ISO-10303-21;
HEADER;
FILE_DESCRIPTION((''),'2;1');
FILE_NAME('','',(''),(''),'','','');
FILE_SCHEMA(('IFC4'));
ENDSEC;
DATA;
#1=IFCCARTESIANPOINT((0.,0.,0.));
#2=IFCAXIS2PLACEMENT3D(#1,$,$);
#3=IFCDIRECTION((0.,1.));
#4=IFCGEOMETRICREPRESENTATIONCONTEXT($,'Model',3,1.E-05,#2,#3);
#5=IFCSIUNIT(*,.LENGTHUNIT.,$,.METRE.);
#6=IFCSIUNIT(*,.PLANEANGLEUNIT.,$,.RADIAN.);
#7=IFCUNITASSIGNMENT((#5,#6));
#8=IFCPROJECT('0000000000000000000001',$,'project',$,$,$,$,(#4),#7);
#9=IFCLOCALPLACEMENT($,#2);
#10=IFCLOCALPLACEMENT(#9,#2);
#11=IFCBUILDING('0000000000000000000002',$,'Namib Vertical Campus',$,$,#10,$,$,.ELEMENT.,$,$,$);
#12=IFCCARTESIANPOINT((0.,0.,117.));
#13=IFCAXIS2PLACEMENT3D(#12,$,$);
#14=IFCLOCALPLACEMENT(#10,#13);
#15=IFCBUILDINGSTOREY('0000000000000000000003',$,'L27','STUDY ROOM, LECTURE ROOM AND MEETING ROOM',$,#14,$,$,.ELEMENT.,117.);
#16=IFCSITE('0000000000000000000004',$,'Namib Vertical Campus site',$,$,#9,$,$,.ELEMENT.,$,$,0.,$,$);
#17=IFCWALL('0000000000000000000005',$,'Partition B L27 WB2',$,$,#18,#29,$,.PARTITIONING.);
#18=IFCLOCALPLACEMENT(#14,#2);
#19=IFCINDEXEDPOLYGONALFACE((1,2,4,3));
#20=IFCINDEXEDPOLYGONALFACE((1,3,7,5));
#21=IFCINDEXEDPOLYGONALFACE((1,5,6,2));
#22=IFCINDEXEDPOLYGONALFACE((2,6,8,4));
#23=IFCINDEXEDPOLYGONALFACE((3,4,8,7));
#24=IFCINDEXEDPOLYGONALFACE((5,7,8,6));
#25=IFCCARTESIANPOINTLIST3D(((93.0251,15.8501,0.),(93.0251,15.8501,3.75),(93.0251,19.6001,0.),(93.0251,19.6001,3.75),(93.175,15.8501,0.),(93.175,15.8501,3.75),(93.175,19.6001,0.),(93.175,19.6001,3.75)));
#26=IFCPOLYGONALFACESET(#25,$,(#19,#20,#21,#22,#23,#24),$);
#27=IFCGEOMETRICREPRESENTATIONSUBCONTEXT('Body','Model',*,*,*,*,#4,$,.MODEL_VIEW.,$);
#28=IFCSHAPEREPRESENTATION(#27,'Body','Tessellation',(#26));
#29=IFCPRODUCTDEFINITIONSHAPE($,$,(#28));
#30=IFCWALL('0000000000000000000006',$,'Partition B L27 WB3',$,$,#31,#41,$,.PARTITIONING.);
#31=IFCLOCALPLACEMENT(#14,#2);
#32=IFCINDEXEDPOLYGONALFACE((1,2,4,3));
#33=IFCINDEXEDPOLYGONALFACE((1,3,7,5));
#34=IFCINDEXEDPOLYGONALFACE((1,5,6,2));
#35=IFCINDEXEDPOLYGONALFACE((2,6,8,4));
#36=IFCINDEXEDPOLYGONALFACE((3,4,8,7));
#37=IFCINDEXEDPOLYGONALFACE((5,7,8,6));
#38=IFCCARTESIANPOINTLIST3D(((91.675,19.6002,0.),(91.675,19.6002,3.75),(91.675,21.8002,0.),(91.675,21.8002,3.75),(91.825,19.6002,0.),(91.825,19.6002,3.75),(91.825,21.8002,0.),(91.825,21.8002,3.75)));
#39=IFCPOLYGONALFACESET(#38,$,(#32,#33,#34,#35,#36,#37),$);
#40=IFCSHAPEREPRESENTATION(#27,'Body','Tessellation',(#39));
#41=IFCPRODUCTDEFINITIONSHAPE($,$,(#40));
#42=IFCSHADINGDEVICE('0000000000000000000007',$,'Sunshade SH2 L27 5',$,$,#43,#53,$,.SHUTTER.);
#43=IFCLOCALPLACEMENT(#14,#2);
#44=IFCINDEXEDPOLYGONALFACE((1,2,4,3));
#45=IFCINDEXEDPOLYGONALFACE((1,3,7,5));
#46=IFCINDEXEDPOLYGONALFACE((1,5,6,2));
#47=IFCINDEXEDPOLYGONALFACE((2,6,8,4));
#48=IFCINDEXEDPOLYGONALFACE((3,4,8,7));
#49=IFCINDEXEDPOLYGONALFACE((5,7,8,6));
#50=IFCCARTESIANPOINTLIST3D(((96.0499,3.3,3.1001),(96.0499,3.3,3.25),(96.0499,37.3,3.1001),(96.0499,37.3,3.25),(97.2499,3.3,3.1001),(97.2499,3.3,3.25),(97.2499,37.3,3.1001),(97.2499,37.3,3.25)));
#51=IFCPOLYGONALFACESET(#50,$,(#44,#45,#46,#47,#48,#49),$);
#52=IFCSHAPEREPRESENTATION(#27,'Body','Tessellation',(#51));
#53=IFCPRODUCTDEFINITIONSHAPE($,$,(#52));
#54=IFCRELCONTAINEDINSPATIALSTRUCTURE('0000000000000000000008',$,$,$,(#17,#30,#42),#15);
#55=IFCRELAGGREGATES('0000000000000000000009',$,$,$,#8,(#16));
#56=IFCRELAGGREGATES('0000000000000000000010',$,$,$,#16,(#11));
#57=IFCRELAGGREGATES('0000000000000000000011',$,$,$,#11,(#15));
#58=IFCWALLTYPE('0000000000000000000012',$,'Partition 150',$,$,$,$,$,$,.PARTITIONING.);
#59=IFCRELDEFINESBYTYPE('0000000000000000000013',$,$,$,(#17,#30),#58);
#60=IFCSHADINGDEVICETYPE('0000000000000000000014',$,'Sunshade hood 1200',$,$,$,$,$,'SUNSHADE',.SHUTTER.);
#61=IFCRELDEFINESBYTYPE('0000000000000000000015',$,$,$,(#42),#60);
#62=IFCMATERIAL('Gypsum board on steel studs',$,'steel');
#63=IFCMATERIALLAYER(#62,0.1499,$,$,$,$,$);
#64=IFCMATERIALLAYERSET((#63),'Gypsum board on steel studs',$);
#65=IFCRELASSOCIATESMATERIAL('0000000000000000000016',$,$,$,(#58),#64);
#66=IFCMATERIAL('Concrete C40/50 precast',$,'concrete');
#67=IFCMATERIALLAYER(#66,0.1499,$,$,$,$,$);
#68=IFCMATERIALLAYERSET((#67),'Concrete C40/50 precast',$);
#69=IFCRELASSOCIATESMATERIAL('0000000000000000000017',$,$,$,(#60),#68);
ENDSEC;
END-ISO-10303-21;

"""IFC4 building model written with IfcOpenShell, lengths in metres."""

from ifc_helpers import new_model, si_unit, direction, frame, frame_2d, origin, origin_2d, place, context, subcontext, project, spatial, rectangle, extrude, material, layer, layer_set, type_object, element, save


model = new_model("IFC4")

# Units and contexts
model_context = context("Model", 3, precision=1e-05, world=origin(), true_north=direction((0.0, 1.0)))
body_context = subcontext(model_context, "Body", "Model", "MODEL_VIEW")
ifc_project = project(units=[si_unit("LENGTHUNIT", "METRE"), si_unit("PLANEANGLEUNIT", "RADIAN")], contexts=[model_context])

# Site, building, storey
site_placement = place(None, origin())
site = spatial("IfcSite", under=ifc_project, at=site_placement, Name="Namib Vertical Campus site", CompositionType="ELEMENT", RefElevation=0.0)
building_placement = place(site_placement, origin())
building = spatial("IfcBuilding", under=site, at=building_placement, Name="Namib Vertical Campus", CompositionType="ELEMENT")
storey_placement = place(building_placement, frame((0.0, 0.0, 117.0)))
storey = spatial("IfcBuildingStorey", under=building, at=storey_placement, Name="L27", Description="STUDY ROOM, LECTURE ROOM AND MEETING ROOM", CompositionType="ELEMENT", Elevation=117.0)

# Walls
ifc_material_1 = material(Name="Gypsum board on steel studs", Category="steel")
ifc_layer_1 = layer(ifc_material_1, 0.1499)
ifc_layer_set_1 = layer_set([ifc_layer_1], Name="Gypsum board on steel studs")
wall_type_1 = type_object("IfcWallType", Name="Partition 150", PredefinedType="PARTITIONING", material=ifc_layer_set_1)
wall_1_placement = place(storey_placement, frame((93.1001, 15.8501, 0.0), z_axis=(0.0, 0.0, 1.0), x_axis=(0.0, 1.0, 0.0)))
element("IfcWall", 1, at=wall_1_placement, inside=storey, type_object=wall_type_1, Name="Partition B L27 WB2", PredefinedType="PARTITIONING", context=body_context, shape_type="SweptSolid", body=[
    extrude(rectangle(XDim=3.75, YDim=0.1499, at=frame_2d((1.875, 0.0))), origin(), (0.0, 0.0, 1.0), 3.75),
])
wall_2_placement = place(storey_placement, frame((91.75, 19.6001, 0.0), z_axis=(0.0, 0.0, 1.0), x_axis=(0.0, 1.0, 0.0)))
element("IfcWall", 2, at=wall_2_placement, inside=storey, type_object=wall_type_1, Name="Partition B L27 WB3", PredefinedType="PARTITIONING", context=body_context, shape_type="SweptSolid", body=[
    extrude(rectangle(XDim=2.2, YDim=0.1499, at=frame_2d((1.1001, 0.0))), origin(), (0.0, 0.0, 1.0), 3.75),
])

# Shading device
ifc_material_2 = material(Name="Concrete C40/50 precast", Category="concrete")
ifc_layer_2 = layer(ifc_material_2, 0.1499)
ifc_layer_set_2 = layer_set([ifc_layer_2], Name="Concrete C40/50 precast")
shading_device_type = type_object("IfcShadingDeviceType", Name="Sunshade hood 1200", ElementType="SUNSHADE", PredefinedType="SHUTTER", material=ifc_layer_set_2)
shading_device_placement = place(storey_placement, frame((96.6499, 20.3, 3.1001), z_axis=(0.0, 0.0, 1.0), x_axis=(0.0, 1.0, 0.0)))
element("IfcShadingDevice", 3, at=shading_device_placement, inside=storey, type_object=shading_device_type, Name="Sunshade SH2 L27 5", PredefinedType="SHUTTER", context=body_context, shape_type="SweptSolid", body=[
    extrude(rectangle(XDim=34.0, YDim=1.2, at=origin_2d()), origin(), (0.0, 0.0, 1.0), 0.1499),
])

save(model, "model.ifc")
